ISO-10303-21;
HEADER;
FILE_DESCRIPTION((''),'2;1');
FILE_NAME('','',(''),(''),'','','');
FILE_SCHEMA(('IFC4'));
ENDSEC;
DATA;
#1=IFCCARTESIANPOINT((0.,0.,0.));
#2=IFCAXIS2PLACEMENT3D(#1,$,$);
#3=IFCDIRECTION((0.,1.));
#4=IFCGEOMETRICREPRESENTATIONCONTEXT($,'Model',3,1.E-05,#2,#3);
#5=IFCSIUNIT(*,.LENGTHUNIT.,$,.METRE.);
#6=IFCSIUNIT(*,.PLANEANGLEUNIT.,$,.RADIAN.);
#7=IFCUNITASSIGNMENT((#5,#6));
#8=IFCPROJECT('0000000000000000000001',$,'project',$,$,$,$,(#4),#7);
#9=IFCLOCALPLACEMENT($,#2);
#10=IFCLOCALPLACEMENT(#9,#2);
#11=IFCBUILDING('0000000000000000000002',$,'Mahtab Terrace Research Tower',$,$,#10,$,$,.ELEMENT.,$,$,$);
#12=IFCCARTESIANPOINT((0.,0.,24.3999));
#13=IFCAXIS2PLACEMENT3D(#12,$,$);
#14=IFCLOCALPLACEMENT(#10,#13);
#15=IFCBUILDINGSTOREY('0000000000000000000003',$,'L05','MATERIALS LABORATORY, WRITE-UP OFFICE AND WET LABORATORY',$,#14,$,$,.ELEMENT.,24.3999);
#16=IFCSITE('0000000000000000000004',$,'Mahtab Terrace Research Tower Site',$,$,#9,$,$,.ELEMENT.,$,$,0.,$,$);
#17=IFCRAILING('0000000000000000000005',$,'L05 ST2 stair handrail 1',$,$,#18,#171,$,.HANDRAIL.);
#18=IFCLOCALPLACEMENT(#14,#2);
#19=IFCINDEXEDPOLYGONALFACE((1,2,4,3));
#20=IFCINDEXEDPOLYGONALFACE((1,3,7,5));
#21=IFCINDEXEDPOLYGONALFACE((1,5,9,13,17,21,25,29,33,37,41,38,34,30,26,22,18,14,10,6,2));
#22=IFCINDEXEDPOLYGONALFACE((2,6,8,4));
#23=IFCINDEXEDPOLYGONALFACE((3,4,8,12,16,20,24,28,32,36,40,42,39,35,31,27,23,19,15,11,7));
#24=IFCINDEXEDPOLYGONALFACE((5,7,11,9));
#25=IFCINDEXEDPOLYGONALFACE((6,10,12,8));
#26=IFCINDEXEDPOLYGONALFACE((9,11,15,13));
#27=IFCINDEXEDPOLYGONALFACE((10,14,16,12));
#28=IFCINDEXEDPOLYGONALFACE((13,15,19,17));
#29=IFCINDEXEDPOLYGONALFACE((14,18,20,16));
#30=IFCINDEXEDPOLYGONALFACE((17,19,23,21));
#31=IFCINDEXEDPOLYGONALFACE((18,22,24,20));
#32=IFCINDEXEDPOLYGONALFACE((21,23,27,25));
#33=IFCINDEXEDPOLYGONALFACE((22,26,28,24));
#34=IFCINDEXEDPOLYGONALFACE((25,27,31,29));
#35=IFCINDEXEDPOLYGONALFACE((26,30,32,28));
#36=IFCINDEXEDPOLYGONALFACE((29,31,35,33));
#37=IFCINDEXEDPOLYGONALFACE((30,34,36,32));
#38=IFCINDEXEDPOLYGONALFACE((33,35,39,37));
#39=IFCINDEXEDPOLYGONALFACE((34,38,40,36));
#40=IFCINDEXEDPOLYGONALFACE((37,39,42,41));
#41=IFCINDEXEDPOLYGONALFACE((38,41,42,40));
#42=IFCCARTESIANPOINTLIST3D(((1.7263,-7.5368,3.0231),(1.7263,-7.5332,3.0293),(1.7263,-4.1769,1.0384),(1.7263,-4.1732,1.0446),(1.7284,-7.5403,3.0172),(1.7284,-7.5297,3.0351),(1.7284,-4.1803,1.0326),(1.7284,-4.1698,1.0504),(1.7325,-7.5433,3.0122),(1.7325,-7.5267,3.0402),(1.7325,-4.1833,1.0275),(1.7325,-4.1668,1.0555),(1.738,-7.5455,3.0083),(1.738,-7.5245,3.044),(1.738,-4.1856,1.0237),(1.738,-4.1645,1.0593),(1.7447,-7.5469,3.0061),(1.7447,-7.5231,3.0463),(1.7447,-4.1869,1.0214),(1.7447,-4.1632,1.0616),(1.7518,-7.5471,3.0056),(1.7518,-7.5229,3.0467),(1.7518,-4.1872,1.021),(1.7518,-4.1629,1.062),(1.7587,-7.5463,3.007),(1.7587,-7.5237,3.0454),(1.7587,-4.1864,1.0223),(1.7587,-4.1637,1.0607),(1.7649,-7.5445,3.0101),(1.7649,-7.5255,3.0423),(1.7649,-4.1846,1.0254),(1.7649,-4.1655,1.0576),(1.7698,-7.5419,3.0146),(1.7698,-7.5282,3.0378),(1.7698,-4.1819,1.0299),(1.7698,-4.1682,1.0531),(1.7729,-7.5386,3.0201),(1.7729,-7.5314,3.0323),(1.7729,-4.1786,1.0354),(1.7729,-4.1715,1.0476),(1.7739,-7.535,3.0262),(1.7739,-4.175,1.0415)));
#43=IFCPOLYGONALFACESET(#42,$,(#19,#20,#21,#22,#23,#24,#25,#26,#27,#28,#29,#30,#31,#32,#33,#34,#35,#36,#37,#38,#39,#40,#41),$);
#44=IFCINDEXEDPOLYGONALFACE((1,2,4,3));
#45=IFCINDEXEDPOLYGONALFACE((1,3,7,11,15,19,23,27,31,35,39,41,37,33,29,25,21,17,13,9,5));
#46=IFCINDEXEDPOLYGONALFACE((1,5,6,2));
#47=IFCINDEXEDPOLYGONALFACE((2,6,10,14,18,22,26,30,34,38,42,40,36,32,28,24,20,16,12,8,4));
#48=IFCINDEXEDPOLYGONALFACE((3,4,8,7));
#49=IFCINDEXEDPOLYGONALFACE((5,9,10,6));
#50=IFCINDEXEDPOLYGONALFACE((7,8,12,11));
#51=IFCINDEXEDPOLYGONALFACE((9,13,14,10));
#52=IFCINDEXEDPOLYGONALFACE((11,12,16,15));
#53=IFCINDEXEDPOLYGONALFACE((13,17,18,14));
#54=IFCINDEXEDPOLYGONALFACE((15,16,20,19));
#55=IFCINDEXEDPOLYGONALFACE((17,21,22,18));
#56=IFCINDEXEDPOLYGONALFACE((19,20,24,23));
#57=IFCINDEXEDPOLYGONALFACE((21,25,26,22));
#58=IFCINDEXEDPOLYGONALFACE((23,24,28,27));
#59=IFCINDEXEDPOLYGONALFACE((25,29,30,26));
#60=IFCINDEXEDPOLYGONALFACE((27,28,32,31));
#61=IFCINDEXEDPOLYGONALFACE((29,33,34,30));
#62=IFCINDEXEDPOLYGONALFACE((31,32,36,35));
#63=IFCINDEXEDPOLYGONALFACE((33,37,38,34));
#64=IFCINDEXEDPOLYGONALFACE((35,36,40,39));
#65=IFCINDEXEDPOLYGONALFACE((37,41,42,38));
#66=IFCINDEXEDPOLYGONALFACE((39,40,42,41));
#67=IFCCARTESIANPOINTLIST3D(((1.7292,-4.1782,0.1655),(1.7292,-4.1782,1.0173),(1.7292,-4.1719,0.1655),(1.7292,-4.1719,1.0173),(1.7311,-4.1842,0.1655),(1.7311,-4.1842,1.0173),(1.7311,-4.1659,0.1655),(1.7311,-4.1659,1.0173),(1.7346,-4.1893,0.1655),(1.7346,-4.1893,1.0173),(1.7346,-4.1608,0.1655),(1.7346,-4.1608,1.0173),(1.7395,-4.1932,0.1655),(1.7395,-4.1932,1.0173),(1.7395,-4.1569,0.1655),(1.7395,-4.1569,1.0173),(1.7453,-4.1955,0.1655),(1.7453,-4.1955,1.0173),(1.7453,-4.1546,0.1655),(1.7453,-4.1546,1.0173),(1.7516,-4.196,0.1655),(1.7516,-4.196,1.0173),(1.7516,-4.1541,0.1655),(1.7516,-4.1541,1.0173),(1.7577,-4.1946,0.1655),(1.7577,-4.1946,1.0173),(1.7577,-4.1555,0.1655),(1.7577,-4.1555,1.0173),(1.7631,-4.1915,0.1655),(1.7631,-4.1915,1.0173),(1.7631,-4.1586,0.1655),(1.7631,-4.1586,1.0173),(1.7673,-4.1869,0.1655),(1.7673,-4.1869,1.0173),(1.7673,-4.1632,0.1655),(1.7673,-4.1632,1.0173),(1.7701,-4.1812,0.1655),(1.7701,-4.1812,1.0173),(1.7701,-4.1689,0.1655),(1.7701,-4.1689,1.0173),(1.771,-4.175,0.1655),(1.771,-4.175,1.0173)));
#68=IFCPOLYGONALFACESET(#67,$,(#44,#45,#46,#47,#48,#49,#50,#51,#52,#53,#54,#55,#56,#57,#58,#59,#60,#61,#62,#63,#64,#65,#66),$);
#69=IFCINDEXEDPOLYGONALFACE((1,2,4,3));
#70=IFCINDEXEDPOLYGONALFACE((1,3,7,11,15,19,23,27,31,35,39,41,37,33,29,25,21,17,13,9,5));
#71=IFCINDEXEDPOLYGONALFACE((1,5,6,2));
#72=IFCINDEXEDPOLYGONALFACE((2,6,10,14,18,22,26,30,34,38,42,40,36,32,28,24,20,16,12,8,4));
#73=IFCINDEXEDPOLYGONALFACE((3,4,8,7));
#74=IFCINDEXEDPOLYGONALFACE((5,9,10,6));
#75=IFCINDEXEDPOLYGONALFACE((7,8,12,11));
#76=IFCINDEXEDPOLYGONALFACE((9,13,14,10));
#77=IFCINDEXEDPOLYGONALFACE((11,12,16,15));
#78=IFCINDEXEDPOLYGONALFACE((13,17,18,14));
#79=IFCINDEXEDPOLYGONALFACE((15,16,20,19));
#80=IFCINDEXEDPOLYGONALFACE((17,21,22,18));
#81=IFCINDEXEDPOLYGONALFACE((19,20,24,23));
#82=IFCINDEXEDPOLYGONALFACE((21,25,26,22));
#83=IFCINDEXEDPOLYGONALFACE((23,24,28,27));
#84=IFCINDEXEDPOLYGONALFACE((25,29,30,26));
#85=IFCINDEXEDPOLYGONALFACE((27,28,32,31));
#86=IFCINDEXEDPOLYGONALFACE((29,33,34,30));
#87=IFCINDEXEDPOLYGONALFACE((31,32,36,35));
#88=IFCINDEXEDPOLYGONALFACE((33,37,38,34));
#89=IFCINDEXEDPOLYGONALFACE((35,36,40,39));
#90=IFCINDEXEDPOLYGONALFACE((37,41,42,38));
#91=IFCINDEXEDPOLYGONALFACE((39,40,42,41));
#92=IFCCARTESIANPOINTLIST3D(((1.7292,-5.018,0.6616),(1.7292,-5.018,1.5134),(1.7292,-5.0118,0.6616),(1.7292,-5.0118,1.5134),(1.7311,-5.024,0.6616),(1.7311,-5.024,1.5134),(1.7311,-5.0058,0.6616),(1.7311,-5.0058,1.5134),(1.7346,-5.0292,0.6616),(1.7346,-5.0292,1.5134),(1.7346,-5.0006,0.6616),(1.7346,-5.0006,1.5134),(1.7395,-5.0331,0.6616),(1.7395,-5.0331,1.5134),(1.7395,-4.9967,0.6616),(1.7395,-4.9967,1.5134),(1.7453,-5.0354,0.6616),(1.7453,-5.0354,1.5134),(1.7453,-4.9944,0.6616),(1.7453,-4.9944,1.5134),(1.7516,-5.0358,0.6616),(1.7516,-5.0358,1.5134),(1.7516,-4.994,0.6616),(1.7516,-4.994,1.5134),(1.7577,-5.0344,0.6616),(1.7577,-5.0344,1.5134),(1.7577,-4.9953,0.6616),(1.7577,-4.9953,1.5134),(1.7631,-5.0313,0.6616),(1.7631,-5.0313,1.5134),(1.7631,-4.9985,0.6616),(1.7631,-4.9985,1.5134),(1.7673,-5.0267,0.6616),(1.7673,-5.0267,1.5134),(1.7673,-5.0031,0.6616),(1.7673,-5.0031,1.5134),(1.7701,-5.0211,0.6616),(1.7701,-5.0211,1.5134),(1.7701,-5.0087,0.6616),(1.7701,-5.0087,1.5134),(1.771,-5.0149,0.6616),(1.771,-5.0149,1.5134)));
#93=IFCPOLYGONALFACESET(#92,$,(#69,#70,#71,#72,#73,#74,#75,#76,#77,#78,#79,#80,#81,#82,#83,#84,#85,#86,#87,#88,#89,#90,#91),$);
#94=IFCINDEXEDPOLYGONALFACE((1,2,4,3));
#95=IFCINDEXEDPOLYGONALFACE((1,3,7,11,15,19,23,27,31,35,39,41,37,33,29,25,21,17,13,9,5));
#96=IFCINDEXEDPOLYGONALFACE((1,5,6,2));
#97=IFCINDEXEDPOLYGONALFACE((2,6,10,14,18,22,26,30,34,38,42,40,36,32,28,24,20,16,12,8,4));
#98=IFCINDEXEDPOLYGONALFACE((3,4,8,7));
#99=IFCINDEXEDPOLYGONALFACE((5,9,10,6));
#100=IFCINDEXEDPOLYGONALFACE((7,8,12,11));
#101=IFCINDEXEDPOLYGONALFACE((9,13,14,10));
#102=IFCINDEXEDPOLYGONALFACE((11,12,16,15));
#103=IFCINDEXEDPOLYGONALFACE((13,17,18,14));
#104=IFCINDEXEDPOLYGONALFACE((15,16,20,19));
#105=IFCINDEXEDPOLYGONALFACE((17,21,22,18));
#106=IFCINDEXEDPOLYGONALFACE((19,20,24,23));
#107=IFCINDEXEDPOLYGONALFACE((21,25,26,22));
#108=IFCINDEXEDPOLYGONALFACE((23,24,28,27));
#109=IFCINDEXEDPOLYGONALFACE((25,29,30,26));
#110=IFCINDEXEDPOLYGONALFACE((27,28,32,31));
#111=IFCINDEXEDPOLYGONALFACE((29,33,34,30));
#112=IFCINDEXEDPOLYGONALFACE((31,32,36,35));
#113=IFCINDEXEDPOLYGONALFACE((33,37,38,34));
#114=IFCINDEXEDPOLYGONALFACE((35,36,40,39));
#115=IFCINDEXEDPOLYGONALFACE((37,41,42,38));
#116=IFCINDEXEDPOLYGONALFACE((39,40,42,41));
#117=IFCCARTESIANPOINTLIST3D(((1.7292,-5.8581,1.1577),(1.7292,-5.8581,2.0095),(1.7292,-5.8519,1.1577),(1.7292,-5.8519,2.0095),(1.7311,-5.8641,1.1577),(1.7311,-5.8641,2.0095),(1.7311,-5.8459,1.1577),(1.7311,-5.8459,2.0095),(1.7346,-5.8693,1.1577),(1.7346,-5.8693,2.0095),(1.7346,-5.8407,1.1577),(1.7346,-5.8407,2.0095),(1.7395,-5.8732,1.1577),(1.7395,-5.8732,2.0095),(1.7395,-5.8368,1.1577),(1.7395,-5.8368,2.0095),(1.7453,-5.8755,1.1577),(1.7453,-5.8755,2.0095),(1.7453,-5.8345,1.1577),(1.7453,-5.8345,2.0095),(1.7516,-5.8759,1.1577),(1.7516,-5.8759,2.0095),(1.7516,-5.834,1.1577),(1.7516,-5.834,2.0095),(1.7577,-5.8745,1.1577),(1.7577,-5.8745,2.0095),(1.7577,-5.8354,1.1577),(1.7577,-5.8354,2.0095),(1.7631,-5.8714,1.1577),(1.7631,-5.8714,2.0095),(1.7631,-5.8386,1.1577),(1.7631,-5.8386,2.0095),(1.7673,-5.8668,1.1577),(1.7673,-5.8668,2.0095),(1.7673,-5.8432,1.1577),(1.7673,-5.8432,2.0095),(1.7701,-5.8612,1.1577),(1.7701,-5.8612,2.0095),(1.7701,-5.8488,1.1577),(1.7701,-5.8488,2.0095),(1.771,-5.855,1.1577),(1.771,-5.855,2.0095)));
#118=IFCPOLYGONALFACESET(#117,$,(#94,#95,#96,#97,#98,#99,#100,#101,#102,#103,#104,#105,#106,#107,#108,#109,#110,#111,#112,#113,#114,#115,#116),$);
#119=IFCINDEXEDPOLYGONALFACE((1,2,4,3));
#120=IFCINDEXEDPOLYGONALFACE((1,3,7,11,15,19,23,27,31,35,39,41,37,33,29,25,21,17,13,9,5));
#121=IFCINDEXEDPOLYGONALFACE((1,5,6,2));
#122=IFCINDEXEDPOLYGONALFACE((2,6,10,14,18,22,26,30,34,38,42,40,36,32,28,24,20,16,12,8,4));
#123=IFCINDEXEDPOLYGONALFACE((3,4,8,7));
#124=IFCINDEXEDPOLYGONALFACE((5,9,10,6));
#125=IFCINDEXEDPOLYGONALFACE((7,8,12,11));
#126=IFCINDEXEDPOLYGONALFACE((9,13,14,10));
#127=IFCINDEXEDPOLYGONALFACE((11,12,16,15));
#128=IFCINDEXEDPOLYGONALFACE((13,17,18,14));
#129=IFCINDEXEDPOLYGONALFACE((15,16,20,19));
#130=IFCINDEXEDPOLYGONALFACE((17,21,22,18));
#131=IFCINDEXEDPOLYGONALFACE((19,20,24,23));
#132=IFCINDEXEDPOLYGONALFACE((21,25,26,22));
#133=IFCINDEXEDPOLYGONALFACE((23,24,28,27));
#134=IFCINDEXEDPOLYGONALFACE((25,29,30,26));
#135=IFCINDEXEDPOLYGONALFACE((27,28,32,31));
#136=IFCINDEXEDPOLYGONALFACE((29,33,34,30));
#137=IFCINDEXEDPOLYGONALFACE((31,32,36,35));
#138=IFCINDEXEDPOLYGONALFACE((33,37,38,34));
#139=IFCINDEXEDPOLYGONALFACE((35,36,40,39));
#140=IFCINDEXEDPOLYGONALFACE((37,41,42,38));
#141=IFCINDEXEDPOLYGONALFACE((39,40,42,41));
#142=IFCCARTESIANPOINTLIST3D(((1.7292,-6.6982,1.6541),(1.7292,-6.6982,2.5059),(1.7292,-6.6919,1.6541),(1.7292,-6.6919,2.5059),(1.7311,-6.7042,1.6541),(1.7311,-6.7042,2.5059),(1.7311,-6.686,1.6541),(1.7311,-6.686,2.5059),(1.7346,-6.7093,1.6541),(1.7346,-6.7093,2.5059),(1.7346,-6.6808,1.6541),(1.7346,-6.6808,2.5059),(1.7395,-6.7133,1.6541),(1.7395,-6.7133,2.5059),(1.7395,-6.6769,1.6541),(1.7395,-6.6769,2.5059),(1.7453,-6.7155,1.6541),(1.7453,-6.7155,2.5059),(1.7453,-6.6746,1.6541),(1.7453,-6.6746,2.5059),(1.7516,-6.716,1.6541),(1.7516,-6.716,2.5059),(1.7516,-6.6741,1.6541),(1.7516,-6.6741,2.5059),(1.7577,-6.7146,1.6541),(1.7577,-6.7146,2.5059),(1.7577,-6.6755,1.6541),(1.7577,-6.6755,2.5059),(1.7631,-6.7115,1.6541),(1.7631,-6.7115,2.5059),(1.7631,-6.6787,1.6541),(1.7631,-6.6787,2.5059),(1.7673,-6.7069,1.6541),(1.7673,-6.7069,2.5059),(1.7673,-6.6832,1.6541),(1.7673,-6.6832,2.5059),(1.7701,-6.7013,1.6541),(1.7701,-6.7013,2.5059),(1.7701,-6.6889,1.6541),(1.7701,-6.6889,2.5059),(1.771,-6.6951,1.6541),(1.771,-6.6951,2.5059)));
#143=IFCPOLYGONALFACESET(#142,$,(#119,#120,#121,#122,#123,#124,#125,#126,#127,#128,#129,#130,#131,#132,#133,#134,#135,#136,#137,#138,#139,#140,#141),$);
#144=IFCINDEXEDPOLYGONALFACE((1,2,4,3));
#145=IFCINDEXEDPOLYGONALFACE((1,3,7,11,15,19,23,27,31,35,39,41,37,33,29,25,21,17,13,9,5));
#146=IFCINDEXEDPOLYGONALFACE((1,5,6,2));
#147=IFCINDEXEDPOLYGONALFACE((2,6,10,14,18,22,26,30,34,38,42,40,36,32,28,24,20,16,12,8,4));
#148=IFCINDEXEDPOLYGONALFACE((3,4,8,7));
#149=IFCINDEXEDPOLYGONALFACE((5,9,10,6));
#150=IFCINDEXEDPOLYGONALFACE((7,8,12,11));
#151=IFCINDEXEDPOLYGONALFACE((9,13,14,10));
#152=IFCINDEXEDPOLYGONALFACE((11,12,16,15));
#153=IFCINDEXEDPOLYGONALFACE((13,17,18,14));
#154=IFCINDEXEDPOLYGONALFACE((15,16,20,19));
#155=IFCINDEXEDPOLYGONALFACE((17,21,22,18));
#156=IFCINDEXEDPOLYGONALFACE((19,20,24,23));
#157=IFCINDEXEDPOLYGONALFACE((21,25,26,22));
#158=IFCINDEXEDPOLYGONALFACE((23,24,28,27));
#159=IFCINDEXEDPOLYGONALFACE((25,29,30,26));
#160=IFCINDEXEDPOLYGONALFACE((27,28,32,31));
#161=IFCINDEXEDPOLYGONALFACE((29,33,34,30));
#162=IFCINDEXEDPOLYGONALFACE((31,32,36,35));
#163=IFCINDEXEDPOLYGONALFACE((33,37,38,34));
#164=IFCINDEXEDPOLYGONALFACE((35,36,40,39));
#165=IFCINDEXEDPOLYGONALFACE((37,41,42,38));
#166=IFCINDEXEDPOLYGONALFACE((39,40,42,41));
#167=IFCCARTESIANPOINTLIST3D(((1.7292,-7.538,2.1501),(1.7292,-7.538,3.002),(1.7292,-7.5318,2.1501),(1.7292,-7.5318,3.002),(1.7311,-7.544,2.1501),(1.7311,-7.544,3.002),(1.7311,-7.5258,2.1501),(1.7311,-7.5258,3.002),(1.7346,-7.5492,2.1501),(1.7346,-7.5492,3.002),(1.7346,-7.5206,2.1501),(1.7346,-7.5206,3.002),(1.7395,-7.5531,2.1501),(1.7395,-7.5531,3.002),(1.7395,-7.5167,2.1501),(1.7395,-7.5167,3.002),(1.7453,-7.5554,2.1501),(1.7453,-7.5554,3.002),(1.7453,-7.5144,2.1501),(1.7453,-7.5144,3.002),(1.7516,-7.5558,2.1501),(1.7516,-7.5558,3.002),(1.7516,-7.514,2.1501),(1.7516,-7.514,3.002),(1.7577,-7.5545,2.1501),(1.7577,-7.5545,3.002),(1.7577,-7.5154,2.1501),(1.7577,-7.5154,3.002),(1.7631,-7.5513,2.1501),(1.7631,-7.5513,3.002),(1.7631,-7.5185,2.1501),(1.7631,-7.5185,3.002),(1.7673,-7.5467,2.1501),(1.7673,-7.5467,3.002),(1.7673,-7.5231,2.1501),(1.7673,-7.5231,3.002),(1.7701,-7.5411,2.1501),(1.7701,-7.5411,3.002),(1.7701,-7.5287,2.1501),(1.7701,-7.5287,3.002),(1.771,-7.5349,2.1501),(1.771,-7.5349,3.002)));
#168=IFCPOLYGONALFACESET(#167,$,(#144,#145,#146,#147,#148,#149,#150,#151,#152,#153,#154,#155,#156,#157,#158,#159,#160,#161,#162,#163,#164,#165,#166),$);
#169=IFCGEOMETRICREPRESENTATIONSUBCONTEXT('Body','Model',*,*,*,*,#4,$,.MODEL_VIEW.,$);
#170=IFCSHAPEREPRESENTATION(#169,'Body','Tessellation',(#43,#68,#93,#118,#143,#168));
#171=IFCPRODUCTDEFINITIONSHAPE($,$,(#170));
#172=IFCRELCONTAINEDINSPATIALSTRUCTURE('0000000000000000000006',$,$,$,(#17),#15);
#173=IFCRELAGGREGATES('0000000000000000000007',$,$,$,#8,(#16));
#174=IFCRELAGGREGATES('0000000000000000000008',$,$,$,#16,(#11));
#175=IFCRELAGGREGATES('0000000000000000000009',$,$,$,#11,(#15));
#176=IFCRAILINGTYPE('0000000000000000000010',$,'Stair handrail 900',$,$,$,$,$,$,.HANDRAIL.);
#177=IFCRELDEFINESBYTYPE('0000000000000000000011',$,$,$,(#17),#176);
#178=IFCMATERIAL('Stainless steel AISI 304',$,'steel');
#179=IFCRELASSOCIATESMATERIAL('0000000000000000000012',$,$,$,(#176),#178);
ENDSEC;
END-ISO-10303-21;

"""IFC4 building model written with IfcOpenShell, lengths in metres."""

from ifc_helpers import new_model, si_unit, direction, frame, origin, origin_2d, place, context, subcontext, project, spatial, circle, extrude, material, type_object, element, save


model = new_model("IFC4")

# Units and contexts
model_context = context("Model", 3, precision=1e-05, world=origin(), true_north=direction((0.0, 1.0)))
body_context = subcontext(model_context, "Body", "Model", "MODEL_VIEW")
ifc_project = project(units=[si_unit("LENGTHUNIT", "METRE"), si_unit("PLANEANGLEUNIT", "RADIAN")], contexts=[model_context])

# Site, building, storey
site_placement = place(None, origin())
site = spatial("IfcSite", under=ifc_project, at=site_placement, Name="Mahtab Terrace Research Tower Site", CompositionType="ELEMENT", RefElevation=0.0)
building_placement = place(site_placement, origin())
building = spatial("IfcBuilding", under=site, at=building_placement, Name="Mahtab Terrace Research Tower", CompositionType="ELEMENT")
storey_placement = place(building_placement, frame((0.0, 0.0, 24.3999)))
storey = spatial("IfcBuildingStorey", under=building, at=storey_placement, Name="L05", Description="MATERIALS LABORATORY, WRITE-UP OFFICE AND WET LABORATORY", CompositionType="ELEMENT", Elevation=24.3999)

# Railing
ifc_material_1 = material(Name="Stainless steel AISI 304", Category="steel")
railing_type_1 = type_object("IfcRailingType", Name="Stair handrail 900", PredefinedType="HANDRAIL", material=ifc_material_1)
railing_1_placement = place(storey_placement, frame((1.75, -4.175, 0.1655)))
element("IfcRailing", 1, at=railing_1_placement, inside=storey, type_object=railing_type_1, Name="L05 ST2 stair handrail 1", PredefinedType="HANDRAIL", context=body_context, shape_type="SweptSolid", body=[
    extrude(circle(Radius=0.0239, at=origin_2d()), frame((0.0, 0.0, 0.876), z_axis=(0.0, -0.861011, 0.508586), x_axis=(1.0, 0.0, 0.0)), (0.0, 0.0, 1.0), 3.9023),
    extrude(circle(Radius=0.021, at=origin_2d()), origin(), (0.0, 0.0, 1.0), 0.8518),
    extrude(circle(Radius=0.021, at=origin_2d()), frame((0.0, -0.8398, 0.4961)), (0.0, 0.0, 1.0), 0.8518),
    extrude(circle(Radius=0.021, at=origin_2d()), frame((0.0, -1.6799, 0.9922)), (0.0, 0.0, 1.0), 0.8518),
    extrude(circle(Radius=0.021, at=origin_2d()), frame((0.0, -2.52, 1.4885)), (0.0, 0.0, 1.0), 0.8518),
    extrude(circle(Radius=0.021, at=origin_2d()), frame((0.0, -3.3599, 1.9846)), (0.0, 0.0, 1.0), 0.8518),
])

save(model, "model.ifc")
